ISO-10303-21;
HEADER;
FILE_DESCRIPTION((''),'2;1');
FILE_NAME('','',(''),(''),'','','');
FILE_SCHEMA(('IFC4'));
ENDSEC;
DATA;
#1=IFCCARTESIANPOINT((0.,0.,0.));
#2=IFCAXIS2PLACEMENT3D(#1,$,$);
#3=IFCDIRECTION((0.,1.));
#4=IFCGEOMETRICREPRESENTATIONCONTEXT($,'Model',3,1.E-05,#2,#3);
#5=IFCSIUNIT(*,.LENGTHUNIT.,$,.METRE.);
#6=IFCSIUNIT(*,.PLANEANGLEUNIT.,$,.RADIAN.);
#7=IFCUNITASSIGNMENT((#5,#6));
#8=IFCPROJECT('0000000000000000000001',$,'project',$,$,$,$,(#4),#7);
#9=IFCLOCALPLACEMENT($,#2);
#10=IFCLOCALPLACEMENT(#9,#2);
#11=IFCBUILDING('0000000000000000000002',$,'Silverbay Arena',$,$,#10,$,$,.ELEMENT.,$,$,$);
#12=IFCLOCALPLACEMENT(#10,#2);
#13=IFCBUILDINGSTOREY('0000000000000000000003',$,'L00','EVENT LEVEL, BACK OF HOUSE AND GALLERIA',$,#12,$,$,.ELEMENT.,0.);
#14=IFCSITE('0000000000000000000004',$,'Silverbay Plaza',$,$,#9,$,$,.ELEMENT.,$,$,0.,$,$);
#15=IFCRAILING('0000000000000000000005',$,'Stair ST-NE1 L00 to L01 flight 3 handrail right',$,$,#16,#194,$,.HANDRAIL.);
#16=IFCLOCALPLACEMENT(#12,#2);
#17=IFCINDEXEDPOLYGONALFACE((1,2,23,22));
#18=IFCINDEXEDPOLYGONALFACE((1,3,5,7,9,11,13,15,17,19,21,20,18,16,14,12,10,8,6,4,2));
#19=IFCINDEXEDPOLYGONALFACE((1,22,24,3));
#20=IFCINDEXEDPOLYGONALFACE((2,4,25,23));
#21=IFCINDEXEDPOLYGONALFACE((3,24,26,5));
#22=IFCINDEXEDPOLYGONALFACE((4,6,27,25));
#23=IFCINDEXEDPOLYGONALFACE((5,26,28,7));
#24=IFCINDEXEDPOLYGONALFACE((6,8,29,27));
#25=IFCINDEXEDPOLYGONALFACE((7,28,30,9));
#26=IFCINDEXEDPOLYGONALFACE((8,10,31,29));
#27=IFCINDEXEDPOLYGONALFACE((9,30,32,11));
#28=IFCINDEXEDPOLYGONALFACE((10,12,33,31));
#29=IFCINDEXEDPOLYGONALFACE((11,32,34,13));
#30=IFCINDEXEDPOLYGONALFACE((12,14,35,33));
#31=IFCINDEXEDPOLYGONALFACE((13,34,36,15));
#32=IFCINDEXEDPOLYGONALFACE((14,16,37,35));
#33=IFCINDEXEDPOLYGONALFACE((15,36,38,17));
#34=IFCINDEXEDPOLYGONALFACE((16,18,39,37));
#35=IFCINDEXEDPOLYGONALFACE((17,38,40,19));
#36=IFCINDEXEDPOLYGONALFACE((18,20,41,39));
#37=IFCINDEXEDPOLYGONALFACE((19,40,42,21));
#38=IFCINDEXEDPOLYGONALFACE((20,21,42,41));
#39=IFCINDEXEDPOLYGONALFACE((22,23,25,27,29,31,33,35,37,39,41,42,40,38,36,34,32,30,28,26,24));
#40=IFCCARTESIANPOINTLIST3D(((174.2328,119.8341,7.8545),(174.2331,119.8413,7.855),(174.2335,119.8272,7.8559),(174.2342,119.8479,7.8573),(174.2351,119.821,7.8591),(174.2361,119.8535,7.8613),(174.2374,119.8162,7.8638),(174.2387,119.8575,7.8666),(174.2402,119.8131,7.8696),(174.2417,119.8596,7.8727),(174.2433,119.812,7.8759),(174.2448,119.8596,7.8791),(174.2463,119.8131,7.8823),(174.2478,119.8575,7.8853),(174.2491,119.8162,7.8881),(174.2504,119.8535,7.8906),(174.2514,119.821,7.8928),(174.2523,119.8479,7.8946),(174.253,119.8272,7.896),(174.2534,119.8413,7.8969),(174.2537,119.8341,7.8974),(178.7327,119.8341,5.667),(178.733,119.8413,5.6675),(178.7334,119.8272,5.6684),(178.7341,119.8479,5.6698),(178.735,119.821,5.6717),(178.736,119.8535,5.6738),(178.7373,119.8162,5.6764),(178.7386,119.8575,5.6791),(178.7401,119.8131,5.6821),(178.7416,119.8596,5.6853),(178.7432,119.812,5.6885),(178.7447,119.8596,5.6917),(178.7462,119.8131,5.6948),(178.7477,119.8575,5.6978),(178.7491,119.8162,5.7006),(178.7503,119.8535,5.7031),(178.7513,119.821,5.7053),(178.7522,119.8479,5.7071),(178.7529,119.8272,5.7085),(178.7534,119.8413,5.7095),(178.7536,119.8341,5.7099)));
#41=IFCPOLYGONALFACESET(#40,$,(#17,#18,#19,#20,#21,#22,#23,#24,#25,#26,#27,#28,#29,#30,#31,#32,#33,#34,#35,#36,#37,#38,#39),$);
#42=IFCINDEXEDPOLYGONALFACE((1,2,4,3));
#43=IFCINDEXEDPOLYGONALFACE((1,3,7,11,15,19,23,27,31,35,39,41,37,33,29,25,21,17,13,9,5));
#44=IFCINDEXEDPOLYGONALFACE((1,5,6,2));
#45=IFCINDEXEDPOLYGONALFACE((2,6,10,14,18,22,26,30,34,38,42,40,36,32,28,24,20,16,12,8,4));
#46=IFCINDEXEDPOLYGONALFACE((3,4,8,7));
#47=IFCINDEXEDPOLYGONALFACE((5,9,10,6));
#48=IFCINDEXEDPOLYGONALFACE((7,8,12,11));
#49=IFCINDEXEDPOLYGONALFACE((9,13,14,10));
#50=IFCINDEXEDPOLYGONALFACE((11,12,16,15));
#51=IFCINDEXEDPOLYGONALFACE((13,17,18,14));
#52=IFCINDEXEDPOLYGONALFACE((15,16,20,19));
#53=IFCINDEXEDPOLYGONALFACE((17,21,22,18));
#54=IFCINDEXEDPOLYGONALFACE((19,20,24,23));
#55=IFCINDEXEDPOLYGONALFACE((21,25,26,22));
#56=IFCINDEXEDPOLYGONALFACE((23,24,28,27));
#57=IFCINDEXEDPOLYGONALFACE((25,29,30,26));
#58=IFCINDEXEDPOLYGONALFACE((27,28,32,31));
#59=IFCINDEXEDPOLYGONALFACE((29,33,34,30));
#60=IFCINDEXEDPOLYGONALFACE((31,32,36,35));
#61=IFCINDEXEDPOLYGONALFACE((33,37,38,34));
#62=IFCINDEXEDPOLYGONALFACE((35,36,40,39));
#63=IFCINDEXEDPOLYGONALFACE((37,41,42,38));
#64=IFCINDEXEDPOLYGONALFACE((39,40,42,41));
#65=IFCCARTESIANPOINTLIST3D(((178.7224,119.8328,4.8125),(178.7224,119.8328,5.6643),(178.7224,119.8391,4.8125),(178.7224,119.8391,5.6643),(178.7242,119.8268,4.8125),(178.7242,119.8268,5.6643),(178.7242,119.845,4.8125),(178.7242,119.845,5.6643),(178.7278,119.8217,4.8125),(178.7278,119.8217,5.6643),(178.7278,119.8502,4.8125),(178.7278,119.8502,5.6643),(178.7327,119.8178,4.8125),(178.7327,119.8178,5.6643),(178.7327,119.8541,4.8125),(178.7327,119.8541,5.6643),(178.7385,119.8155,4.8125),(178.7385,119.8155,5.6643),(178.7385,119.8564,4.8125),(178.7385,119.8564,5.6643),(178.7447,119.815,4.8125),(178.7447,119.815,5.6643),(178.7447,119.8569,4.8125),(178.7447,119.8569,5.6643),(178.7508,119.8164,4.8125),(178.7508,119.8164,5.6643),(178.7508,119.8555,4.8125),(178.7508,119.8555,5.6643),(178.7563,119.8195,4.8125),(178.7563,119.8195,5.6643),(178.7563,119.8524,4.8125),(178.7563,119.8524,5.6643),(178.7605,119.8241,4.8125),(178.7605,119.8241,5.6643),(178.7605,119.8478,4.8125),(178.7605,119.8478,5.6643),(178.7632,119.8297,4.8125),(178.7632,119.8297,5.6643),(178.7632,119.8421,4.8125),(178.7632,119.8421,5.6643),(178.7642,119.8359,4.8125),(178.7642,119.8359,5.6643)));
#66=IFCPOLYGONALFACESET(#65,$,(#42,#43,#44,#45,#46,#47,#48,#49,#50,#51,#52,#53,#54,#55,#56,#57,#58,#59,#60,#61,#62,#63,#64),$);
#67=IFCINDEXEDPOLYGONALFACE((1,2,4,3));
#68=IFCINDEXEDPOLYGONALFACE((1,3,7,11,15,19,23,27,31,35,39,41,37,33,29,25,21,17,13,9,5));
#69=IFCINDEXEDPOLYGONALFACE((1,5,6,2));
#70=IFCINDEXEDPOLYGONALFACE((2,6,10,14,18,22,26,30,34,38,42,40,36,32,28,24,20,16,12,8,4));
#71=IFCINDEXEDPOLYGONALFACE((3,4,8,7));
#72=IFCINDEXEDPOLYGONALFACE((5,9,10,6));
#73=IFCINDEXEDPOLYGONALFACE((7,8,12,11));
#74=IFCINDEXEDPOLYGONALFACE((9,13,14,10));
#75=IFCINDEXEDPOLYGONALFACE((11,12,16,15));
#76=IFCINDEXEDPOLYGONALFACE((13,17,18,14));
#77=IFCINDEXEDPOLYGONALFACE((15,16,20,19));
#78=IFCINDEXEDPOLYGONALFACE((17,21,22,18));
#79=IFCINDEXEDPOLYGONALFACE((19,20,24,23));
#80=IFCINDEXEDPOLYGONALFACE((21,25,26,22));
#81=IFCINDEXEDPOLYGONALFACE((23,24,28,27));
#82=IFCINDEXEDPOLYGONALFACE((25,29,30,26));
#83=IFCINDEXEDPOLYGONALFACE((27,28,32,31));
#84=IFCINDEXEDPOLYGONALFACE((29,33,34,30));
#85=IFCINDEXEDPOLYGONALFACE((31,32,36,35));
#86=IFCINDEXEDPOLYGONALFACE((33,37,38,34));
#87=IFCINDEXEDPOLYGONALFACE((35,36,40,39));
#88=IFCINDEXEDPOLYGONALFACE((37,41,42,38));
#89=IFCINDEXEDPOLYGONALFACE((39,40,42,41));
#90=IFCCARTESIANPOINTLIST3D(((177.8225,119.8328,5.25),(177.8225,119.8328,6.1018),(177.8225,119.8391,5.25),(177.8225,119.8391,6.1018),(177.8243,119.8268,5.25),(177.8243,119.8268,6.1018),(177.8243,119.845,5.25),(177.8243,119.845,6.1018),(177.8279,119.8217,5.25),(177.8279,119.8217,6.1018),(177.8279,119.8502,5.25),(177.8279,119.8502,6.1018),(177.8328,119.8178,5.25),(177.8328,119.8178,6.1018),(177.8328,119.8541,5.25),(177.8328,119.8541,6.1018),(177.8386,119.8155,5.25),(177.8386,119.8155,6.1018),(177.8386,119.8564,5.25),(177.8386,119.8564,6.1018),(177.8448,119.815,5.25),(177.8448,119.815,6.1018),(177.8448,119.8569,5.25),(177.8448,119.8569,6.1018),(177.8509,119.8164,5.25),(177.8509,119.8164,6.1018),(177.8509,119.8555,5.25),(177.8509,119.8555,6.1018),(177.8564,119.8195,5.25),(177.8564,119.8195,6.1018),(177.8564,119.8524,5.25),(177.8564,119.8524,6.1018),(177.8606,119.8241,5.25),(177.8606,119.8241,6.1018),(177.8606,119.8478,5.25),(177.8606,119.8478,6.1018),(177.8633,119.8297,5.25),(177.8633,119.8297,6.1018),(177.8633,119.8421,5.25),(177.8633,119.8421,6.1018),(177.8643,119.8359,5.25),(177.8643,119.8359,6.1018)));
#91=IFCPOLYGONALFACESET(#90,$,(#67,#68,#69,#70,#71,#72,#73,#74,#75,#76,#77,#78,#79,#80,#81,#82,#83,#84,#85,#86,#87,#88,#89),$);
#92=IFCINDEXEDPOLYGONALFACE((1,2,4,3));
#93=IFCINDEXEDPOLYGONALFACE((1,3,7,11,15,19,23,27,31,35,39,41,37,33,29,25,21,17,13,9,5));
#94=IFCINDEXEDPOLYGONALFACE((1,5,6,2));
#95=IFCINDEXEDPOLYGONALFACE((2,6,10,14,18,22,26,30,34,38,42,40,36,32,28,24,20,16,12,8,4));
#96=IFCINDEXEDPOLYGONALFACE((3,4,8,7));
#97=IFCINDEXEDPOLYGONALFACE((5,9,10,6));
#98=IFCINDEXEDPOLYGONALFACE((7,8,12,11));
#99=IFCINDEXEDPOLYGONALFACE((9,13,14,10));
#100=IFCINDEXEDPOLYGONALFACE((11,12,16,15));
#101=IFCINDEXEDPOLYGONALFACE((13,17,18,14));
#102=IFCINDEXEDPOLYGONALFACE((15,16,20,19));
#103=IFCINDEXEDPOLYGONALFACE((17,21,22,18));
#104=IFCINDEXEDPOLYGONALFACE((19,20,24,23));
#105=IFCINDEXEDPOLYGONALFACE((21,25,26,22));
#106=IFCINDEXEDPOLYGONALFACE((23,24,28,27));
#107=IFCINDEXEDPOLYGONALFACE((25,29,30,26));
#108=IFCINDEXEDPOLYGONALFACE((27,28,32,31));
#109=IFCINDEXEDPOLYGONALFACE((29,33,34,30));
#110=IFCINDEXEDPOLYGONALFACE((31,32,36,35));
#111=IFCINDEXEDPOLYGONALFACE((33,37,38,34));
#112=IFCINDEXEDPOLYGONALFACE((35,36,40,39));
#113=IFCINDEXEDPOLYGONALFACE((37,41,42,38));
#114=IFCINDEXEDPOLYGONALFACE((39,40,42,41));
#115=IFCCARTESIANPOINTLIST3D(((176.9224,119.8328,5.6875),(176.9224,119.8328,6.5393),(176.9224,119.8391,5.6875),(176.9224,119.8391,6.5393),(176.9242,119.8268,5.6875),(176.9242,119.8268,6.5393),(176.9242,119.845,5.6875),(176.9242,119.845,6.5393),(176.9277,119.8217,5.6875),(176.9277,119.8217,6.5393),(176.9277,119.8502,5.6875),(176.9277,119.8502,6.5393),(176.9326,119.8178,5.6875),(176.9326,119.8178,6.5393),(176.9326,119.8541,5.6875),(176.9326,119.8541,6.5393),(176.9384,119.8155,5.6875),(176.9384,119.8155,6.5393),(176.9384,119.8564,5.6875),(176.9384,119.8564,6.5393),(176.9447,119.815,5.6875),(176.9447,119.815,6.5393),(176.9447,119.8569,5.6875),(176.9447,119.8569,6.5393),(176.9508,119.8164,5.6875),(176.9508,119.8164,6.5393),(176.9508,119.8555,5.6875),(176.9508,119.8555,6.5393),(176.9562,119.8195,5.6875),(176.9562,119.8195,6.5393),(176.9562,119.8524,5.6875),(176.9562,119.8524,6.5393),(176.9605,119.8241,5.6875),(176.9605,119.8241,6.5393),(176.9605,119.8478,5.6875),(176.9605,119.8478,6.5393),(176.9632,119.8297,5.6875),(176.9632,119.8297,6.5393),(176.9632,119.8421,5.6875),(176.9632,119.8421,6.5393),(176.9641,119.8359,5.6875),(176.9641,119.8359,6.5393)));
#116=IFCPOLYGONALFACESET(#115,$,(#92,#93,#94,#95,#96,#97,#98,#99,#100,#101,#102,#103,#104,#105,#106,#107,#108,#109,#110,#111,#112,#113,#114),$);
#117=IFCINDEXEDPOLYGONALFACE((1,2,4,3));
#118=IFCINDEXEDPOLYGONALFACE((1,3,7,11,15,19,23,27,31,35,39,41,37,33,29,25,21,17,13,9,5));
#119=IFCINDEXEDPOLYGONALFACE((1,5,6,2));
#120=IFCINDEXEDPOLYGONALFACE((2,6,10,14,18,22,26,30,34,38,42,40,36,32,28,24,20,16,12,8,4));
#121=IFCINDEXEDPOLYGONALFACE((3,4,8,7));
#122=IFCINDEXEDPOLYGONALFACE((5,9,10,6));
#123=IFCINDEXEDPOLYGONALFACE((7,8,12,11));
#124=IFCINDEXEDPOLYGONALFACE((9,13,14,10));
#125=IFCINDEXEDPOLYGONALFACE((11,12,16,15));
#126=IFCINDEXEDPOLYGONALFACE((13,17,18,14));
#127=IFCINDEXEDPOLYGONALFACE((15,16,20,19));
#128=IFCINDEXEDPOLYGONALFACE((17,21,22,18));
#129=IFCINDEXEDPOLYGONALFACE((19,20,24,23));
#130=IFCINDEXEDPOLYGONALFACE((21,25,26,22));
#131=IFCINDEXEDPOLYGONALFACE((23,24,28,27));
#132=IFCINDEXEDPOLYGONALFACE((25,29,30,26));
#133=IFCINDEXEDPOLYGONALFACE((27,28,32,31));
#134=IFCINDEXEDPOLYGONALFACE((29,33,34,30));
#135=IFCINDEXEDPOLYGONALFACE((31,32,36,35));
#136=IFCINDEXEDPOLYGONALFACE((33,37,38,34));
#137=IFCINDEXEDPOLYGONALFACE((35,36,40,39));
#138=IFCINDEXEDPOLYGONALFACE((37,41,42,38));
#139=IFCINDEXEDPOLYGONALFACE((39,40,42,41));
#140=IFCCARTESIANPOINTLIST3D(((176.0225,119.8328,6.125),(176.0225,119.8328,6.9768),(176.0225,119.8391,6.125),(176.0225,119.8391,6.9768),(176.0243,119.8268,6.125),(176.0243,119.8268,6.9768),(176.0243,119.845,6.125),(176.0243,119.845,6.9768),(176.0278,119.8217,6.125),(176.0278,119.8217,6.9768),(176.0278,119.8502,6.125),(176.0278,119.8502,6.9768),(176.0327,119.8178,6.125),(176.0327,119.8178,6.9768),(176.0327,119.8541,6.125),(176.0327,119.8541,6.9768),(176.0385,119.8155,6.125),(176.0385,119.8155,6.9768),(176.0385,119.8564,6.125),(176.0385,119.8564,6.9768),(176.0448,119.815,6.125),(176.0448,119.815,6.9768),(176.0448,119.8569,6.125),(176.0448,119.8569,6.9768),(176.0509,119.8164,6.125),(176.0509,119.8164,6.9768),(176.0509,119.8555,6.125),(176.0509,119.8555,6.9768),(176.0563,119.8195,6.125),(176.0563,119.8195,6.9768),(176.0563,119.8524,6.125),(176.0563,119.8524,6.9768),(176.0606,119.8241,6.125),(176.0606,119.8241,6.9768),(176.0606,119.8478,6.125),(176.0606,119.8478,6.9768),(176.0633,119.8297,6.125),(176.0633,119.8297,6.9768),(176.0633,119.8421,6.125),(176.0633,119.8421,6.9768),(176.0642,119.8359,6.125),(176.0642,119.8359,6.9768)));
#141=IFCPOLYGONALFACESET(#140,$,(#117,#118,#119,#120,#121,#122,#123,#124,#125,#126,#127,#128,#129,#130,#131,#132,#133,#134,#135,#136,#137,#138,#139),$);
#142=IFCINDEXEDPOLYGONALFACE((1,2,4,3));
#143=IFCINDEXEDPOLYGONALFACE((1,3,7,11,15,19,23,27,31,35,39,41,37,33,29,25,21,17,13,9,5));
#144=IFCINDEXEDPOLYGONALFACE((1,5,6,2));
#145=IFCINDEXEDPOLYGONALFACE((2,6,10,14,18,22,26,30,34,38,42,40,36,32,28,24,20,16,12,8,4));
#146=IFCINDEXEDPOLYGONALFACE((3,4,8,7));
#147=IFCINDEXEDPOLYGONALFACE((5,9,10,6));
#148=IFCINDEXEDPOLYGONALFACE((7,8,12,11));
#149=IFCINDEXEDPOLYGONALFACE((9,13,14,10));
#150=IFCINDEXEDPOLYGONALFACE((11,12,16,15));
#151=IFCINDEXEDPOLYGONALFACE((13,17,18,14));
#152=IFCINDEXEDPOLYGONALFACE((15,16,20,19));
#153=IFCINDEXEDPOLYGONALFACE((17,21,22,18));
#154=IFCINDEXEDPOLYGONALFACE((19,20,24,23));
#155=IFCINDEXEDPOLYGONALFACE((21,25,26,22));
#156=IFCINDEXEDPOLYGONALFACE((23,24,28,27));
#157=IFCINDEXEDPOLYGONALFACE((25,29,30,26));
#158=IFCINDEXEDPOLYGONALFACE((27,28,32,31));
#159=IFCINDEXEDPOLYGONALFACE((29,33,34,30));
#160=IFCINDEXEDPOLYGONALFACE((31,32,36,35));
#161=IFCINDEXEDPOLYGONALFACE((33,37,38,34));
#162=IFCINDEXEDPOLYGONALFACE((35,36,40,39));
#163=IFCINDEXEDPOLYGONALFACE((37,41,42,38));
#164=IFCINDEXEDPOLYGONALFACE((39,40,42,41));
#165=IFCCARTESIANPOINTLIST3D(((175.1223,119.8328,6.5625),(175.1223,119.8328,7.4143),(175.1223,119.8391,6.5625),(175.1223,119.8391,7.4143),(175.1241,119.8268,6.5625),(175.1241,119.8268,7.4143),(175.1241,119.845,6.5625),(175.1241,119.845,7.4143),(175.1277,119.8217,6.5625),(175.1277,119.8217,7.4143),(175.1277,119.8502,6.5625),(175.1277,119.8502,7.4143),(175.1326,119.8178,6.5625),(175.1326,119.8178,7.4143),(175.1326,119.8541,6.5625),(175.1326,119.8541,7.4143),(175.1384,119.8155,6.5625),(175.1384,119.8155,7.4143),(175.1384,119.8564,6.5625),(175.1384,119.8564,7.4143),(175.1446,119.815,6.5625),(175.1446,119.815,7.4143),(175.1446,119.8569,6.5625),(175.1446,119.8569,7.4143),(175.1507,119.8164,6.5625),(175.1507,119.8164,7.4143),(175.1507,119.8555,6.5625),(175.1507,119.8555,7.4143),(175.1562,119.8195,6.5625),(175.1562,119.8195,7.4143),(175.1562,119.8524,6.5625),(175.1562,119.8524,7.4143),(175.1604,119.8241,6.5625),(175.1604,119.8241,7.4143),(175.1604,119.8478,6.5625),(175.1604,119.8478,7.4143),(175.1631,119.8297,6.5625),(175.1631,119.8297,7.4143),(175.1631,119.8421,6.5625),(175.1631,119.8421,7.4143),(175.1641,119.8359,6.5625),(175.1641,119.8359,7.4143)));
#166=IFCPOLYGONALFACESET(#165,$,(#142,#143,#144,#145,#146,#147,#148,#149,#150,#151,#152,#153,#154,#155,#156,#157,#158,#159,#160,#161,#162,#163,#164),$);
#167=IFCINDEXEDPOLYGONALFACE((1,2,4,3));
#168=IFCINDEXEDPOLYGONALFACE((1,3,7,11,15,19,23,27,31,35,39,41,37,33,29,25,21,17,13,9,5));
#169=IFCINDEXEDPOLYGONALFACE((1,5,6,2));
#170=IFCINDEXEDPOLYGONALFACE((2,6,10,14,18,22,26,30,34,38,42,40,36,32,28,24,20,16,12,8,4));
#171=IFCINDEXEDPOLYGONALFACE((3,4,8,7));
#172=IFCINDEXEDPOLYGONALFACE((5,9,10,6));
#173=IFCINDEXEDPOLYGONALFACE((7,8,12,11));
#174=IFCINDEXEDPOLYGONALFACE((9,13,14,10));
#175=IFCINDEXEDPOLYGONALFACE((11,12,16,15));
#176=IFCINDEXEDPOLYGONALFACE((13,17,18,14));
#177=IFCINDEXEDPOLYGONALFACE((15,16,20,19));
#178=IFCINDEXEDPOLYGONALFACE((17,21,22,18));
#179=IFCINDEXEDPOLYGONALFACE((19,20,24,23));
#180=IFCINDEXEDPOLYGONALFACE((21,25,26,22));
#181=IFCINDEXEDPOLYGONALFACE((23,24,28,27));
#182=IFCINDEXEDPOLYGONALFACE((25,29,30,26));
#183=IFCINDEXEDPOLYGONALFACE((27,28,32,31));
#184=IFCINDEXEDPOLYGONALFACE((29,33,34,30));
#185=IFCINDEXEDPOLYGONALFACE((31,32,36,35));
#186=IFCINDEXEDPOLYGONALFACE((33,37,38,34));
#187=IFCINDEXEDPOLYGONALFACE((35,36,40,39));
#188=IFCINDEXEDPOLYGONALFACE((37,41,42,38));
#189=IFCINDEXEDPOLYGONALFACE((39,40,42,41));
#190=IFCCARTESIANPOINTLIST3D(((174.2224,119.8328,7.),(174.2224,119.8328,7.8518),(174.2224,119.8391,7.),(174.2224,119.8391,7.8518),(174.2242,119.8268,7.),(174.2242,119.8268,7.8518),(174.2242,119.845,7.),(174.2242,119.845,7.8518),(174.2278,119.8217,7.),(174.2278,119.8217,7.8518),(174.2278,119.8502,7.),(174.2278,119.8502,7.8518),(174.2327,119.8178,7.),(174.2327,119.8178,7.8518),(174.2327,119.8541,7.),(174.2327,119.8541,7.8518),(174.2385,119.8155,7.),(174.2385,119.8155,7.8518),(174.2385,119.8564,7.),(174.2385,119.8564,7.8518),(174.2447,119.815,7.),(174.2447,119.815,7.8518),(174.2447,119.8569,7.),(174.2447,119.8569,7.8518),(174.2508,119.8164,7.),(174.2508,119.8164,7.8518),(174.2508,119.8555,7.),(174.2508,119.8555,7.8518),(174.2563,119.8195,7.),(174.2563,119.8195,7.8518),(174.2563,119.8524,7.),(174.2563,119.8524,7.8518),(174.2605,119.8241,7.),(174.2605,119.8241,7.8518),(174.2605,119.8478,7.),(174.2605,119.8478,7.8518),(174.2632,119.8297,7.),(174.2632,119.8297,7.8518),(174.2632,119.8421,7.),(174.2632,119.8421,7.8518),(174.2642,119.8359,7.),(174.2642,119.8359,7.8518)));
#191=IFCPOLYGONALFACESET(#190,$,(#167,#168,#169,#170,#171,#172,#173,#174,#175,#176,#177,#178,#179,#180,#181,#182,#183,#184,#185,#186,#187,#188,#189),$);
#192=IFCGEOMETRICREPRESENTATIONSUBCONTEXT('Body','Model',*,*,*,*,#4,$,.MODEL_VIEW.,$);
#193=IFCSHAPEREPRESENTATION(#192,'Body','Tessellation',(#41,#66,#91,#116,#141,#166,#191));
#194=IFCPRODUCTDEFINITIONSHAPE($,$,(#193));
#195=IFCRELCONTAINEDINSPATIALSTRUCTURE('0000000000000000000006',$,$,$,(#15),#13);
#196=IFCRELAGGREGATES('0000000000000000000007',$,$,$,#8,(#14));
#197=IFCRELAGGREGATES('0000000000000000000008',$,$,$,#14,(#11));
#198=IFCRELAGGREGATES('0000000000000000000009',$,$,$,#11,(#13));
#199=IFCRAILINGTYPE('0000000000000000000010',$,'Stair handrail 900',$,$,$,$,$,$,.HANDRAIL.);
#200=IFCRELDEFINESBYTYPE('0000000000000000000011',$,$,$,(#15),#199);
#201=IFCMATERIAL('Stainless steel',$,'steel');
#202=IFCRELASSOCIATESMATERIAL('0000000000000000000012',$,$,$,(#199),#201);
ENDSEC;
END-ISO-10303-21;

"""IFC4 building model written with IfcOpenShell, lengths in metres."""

from ifc_helpers import new_model, si_unit, direction, frame, origin, origin_2d, place, context, subcontext, project, spatial, circle, extrude, material, type_object, element, save


model = new_model("IFC4")

# Units and contexts
model_context = context("Model", 3, precision=1e-05, world=origin(), true_north=direction((0.0, 1.0)))
body_context = subcontext(model_context, "Body", "Model", "MODEL_VIEW")
ifc_project = project(units=[si_unit("LENGTHUNIT", "METRE"), si_unit("PLANEANGLEUNIT", "RADIAN")], contexts=[model_context])

# Site, building, storey
site_placement = place(None, origin())
site = spatial("IfcSite", under=ifc_project, at=site_placement, Name="Silverbay Plaza", CompositionType="ELEMENT", RefElevation=0.0)
building_placement = place(site_placement, origin())
building = spatial("IfcBuilding", under=site, at=building_placement, Name="Silverbay Arena", CompositionType="ELEMENT")
storey_placement = place(building_placement, origin())
storey = spatial("IfcBuildingStorey", under=building, at=storey_placement, Name="L00", Description="EVENT LEVEL, BACK OF HOUSE AND GALLERIA", CompositionType="ELEMENT", Elevation=0.0)

# Railing
ifc_material_1 = material(Name="Stainless steel", Category="steel")
railing_type_1 = type_object("IfcRailingType", Name="Stair handrail 900", PredefinedType="HANDRAIL", material=ifc_material_1)
for number, where, name in (
    (1, (178.7432, 119.8359, 4.8125), "Stair ST-NE1 L00 to L01 flight 3 handrail right"),
):
    element("IfcRailing", number, at=place(storey_placement, frame(where)), inside=storey, type_object=railing_type_1, Name=name, PredefinedType="HANDRAIL", context=body_context, shape_type="SweptSolid", body=[
        extrude(circle(Radius=0.0239, at=origin_2d()), frame((0.0, 0.0, 0.876), z_axis=(-0.899368, 0.0, 0.437193), x_axis=(0.0, -1.0, 0.0)), (0.0, 0.0, 1.0), 5.0034),
        extrude(circle(Radius=0.021, at=origin_2d()), origin(), (0.0, 0.0, 1.0), 0.8518),
        extrude(circle(Radius=0.021, at=origin_2d()), frame((-0.8999, 0.0, 0.4375)), (0.0, 0.0, 1.0), 0.8518),
        extrude(circle(Radius=0.021, at=origin_2d()), frame((-1.8, 0.0, 0.875)), (0.0, 0.0, 1.0), 0.8518),
        extrude(circle(Radius=0.021, at=origin_2d()), frame((-2.7, 0.0, 1.3125)), (0.0, 0.0, 1.0), 0.8518),
        extrude(circle(Radius=0.021, at=origin_2d()), frame((-3.6001, 0.0, 1.75)), (0.0, 0.0, 1.0), 0.8518),
        extrude(circle(Radius=0.021, at=origin_2d()), frame((-4.5, 0.0, 2.1875)), (0.0, 0.0, 1.0), 0.8518),
    ])

save(model, "model.ifc")
